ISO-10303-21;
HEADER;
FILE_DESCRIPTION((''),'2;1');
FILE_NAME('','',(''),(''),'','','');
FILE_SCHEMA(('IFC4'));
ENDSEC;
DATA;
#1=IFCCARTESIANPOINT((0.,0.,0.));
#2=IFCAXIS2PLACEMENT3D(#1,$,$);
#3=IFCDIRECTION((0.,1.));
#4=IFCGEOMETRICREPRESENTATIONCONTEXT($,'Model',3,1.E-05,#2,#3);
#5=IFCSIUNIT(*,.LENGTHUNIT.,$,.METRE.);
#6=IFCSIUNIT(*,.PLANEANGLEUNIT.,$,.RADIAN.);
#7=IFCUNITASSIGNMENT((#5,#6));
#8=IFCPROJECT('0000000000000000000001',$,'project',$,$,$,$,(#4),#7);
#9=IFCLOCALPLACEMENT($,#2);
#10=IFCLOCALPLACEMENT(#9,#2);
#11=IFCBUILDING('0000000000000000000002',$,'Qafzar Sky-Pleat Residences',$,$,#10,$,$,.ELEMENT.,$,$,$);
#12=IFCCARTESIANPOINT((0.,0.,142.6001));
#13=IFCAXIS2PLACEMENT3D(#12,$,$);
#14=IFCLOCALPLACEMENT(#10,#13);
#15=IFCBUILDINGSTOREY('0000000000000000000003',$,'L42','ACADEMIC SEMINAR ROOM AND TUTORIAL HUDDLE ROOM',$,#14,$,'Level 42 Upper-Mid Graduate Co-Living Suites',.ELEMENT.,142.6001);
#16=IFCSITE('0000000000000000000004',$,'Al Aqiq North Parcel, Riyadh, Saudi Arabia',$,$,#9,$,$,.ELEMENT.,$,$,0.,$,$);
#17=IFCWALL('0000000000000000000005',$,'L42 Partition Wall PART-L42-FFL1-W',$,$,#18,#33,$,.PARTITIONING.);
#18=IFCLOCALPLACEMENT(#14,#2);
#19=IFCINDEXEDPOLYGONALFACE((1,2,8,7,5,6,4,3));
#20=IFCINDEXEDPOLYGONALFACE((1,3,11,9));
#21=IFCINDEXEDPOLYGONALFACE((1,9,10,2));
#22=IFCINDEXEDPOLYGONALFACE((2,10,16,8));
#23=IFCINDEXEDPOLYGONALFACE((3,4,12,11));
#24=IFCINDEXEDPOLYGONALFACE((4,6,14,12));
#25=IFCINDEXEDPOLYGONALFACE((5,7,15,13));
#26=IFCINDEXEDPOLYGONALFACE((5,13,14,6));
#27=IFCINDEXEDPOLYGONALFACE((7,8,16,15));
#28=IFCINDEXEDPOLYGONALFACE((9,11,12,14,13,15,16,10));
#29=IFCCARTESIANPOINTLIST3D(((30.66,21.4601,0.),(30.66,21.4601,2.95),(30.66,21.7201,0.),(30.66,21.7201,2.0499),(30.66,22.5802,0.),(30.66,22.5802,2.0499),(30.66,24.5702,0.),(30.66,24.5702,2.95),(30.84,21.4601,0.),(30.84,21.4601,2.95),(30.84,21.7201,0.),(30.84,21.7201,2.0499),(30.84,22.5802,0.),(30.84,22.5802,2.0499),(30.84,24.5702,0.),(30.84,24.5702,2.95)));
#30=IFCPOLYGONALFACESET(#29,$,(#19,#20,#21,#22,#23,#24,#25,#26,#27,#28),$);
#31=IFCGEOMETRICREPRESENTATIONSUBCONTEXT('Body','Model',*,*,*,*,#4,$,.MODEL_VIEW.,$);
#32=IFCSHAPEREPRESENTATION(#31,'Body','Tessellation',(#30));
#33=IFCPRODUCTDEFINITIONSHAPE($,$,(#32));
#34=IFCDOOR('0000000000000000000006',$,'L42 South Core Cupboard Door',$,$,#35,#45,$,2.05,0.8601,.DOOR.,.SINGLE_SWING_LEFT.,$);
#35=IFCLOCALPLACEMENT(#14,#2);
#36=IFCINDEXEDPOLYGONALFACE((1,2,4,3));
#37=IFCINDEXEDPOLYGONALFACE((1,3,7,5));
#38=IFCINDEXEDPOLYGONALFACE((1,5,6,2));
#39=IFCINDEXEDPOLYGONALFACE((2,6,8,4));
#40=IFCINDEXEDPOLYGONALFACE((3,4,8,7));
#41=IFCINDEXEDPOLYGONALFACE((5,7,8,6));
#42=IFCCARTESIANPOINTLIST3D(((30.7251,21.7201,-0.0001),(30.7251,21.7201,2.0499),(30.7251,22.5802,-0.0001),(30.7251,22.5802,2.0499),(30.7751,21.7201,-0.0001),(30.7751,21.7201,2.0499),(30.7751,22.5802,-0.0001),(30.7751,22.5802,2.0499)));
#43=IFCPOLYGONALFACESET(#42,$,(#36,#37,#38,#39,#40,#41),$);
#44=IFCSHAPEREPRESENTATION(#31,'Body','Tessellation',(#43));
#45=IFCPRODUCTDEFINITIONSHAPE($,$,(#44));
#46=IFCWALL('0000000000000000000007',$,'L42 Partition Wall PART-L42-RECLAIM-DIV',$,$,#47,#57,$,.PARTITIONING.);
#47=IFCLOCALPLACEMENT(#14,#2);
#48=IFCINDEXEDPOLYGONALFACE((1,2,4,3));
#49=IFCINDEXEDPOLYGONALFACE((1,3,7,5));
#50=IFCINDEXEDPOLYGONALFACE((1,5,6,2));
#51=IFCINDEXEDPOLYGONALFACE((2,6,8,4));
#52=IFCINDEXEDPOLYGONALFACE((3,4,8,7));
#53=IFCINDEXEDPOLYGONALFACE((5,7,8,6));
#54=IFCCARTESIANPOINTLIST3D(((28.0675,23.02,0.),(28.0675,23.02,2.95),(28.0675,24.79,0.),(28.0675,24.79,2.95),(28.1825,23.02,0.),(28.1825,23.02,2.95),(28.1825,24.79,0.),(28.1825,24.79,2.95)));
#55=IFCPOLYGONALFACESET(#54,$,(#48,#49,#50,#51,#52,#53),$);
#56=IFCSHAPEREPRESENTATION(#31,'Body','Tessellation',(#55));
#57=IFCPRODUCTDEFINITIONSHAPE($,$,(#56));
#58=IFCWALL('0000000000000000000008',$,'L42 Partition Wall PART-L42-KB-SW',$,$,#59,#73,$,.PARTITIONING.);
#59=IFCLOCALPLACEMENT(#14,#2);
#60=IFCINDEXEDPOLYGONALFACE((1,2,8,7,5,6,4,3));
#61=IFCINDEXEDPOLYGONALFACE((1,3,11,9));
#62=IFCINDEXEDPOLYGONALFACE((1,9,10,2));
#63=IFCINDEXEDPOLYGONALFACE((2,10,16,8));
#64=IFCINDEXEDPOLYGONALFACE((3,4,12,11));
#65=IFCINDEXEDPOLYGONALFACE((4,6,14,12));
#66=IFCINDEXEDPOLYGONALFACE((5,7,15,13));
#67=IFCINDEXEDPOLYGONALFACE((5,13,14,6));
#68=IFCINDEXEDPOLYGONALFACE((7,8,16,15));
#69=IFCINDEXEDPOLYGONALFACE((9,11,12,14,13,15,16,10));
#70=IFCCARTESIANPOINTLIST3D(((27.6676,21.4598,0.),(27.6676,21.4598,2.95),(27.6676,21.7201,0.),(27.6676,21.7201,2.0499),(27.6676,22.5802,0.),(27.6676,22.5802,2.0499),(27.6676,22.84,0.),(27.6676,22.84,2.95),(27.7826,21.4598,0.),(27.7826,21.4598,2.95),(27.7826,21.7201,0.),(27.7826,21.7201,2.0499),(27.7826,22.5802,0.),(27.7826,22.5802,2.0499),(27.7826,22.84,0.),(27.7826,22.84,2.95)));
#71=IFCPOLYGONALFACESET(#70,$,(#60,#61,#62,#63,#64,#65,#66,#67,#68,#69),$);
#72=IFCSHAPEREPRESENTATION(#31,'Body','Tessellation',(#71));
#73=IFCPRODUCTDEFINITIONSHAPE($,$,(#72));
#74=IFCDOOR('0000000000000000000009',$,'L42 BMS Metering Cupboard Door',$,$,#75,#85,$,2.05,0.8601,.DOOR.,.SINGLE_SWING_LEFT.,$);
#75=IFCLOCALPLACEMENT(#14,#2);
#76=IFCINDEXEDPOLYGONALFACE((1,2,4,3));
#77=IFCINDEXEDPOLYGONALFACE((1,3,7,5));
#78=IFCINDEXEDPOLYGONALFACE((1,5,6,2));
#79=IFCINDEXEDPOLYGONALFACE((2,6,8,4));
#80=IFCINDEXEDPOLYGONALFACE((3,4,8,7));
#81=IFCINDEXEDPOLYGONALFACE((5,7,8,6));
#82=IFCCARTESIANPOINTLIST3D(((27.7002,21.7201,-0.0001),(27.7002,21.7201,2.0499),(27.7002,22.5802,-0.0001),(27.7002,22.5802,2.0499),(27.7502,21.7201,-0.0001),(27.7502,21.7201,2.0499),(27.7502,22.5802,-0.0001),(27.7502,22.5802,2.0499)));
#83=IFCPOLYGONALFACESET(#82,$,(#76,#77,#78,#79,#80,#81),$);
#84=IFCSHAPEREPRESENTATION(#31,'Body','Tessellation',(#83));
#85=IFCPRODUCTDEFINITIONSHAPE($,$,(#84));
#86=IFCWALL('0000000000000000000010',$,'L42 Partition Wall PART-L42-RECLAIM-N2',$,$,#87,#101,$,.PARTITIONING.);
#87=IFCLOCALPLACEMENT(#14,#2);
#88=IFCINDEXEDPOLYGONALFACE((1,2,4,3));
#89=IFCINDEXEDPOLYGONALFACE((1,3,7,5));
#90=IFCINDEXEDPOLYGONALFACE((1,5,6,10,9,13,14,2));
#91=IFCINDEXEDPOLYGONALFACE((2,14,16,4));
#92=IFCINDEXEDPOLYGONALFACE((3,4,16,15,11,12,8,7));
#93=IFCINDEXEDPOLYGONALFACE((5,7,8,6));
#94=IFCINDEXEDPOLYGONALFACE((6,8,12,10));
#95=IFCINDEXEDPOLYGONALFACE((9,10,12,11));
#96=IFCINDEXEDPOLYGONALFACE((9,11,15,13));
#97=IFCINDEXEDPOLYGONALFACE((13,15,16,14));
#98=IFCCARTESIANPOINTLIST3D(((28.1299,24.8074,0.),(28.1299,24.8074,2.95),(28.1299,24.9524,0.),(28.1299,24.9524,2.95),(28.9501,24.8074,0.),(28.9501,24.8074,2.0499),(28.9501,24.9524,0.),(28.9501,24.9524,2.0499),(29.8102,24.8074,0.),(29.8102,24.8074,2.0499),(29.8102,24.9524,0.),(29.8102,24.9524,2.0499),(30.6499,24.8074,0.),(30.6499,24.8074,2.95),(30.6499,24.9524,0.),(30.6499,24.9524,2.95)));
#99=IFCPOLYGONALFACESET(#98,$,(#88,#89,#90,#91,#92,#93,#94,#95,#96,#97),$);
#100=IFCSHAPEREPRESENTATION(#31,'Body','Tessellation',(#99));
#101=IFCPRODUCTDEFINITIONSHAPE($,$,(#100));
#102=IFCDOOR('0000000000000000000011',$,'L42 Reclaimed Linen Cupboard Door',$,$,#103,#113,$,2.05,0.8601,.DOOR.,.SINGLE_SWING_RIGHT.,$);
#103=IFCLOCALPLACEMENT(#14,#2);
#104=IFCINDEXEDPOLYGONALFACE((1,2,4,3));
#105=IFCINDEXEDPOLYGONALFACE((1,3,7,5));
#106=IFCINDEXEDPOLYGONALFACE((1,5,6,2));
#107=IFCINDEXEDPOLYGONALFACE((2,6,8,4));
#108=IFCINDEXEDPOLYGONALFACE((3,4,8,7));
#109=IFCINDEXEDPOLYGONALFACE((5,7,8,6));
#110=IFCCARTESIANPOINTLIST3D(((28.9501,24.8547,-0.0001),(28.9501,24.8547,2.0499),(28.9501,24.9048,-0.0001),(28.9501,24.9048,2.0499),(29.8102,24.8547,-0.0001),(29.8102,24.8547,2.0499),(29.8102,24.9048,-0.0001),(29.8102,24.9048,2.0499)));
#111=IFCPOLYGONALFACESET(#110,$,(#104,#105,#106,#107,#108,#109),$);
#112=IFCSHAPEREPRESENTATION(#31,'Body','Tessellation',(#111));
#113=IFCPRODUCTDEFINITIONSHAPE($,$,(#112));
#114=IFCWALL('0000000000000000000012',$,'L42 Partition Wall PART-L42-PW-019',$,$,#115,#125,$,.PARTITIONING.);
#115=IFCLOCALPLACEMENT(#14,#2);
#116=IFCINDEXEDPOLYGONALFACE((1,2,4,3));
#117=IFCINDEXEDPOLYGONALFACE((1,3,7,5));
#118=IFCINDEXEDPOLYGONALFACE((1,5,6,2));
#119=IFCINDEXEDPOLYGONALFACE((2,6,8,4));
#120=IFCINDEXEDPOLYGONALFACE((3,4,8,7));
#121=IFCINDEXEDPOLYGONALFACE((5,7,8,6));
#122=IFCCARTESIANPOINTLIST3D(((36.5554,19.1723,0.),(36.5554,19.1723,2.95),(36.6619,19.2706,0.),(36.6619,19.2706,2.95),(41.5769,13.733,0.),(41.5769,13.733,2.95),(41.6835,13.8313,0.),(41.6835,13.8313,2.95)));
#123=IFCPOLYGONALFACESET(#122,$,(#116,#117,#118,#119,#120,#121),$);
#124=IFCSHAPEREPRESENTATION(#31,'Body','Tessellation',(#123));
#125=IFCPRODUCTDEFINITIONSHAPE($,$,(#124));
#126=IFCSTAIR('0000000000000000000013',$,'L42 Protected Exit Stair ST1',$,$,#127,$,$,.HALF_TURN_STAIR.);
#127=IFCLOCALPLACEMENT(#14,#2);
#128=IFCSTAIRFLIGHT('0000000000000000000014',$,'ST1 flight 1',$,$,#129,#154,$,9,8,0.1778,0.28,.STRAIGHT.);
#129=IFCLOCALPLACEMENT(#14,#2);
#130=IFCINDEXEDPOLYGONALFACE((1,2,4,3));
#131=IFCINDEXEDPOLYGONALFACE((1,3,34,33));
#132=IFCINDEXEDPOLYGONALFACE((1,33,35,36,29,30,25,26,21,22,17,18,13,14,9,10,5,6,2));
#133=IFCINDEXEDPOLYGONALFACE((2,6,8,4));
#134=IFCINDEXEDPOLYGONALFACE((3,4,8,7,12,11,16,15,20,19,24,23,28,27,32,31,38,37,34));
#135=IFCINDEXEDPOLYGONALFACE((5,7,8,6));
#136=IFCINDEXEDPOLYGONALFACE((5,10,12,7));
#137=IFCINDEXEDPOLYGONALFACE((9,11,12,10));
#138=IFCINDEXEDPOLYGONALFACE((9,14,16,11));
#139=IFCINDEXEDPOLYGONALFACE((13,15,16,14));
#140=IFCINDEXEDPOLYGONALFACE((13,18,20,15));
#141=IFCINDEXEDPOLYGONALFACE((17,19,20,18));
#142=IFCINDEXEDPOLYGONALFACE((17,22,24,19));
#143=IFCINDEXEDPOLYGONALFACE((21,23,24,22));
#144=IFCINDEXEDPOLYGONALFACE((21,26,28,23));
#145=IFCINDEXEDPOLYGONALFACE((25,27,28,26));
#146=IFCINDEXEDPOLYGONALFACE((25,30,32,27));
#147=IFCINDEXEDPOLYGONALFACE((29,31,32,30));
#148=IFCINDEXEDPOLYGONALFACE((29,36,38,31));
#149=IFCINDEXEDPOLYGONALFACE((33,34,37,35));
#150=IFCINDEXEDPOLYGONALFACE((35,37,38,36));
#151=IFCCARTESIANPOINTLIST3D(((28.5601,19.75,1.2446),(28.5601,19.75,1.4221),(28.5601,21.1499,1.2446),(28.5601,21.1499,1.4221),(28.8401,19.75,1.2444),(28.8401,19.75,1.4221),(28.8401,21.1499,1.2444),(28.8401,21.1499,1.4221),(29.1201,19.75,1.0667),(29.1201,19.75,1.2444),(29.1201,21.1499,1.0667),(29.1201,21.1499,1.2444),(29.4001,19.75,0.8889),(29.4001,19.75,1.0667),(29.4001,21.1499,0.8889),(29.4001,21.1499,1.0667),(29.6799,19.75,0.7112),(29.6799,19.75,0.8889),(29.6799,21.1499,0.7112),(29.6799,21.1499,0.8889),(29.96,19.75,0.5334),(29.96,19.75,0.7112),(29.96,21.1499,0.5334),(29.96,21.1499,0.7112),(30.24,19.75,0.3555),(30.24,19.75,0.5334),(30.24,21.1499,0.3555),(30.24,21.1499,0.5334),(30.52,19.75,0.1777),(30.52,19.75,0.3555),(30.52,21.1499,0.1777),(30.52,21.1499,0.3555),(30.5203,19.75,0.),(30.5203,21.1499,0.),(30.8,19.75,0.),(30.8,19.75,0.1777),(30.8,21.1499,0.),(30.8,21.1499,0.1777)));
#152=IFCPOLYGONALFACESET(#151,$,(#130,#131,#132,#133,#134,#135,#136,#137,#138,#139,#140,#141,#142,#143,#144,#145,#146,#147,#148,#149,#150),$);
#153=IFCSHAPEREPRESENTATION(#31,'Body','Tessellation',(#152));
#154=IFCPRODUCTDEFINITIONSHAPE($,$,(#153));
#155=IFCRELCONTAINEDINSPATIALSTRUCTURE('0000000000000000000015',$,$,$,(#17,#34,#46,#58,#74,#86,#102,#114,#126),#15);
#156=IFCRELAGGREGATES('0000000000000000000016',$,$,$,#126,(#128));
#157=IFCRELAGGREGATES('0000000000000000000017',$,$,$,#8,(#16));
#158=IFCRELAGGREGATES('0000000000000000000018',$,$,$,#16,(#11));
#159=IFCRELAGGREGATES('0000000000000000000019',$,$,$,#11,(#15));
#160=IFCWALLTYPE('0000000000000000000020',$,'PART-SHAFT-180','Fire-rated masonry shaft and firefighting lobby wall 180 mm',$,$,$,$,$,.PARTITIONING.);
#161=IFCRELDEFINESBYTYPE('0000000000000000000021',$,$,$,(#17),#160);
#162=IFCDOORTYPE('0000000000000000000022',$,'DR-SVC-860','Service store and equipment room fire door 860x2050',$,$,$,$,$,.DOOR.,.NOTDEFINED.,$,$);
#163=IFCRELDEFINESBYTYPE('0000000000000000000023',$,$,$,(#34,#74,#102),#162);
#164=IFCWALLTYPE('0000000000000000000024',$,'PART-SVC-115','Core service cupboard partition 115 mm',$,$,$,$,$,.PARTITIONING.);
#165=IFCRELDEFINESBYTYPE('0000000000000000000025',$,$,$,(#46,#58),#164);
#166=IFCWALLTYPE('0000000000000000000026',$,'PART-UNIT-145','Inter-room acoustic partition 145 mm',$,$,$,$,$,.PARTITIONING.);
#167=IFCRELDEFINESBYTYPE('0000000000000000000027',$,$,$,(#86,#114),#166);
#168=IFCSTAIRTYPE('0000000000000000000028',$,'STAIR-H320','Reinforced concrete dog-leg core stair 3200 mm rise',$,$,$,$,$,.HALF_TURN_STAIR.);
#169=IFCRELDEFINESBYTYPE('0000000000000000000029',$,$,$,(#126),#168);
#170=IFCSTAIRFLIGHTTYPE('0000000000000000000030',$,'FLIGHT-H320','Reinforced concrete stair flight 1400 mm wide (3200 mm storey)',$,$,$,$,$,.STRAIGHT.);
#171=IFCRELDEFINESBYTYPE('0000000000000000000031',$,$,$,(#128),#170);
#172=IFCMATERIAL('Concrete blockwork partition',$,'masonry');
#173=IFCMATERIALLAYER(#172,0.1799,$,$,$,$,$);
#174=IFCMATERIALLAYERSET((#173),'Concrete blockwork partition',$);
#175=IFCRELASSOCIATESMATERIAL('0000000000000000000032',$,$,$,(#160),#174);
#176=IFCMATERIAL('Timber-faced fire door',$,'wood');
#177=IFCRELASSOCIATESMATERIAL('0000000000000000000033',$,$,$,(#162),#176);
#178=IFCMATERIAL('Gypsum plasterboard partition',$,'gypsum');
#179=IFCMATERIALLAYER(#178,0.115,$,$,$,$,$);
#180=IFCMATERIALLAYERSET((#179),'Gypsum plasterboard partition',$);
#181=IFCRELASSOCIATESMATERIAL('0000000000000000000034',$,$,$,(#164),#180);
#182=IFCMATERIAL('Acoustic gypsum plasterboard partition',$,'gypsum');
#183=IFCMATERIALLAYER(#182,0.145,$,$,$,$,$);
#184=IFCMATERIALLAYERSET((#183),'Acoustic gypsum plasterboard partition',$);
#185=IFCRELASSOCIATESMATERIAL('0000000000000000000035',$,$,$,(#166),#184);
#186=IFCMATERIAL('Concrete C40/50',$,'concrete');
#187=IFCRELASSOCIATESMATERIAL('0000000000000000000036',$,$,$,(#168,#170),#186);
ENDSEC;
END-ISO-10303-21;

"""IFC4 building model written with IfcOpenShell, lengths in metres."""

from ifc_helpers import new_model, si_unit, direction, frame, frame_2d, origin, place, context, subcontext, project, spatial, polyline, rectangle, outline, extrude, source, transform, mapped, material, layer, layer_set, type_object, element, fill, aggregate, save


model = new_model("IFC4")

# Units and contexts
model_context = context("Model", 3, precision=1e-05, world=origin(), true_north=direction((0.0, 1.0)))
body_context = subcontext(model_context, "Body", "Model", "MODEL_VIEW")
ifc_project = project(units=[si_unit("LENGTHUNIT", "METRE"), si_unit("PLANEANGLEUNIT", "RADIAN")], contexts=[model_context])

# Site, building, storey
site_placement = place(None, origin())
site = spatial("IfcSite", under=ifc_project, at=site_placement, Name="Al Aqiq North Parcel, Riyadh, Saudi Arabia", CompositionType="ELEMENT", RefElevation=0.0)
building_placement = place(site_placement, origin())
building = spatial("IfcBuilding", under=site, at=building_placement, Name="Qafzar Sky-Pleat Residences", CompositionType="ELEMENT")
storey_placement = place(building_placement, frame((0.0, 0.0, 142.6001)))
storey = spatial("IfcBuildingStorey", under=building, at=storey_placement, Name="L42", Description="ACADEMIC SEMINAR ROOM AND TUTORIAL HUDDLE ROOM", LongName="Level 42 Upper-Mid Graduate Co-Living Suites", CompositionType="ELEMENT", Elevation=142.6001)

# Wall, opening, door
ifc_material_1 = material(Name="Concrete blockwork partition", Category="masonry")
ifc_layer_1 = layer(ifc_material_1, 0.1799)
ifc_layer_set_1 = layer_set([ifc_layer_1], Name="Concrete blockwork partition")
wall_type_1 = type_object("IfcWallType", Name="PART-SHAFT-180", Description="Fire-rated masonry shaft and firefighting lobby wall 180 mm", PredefinedType="PARTITIONING", material=ifc_layer_set_1)
wall_1_placement = place(storey_placement, frame((30.75, 21.46, 0.0), z_axis=(0.0, 0.0, 1.0), x_axis=(0.0, 1.0, 0.0)))
wall_1 = element("IfcWall", 1, at=wall_1_placement, inside=storey, type_object=wall_type_1, Name="L42 Partition Wall PART-L42-FFL1-W", PredefinedType="PARTITIONING", context=body_context, shape_type="SweptSolid", body=[
    extrude(rectangle(XDim=3.1101, YDim=0.1799, at=frame_2d((1.5552, 0.0))), origin(), (0.0, 0.0, 1.0), 2.95),
])
opening_1_placement = place(wall_1_placement, frame((0.26, 0.0, 0.0)))
opening_1 = element("IfcOpeningElement", 2, at=opening_1_placement, cuts=wall_1, PredefinedType="OPENING", context=body_context, shape_type="SweptSolid", body=[
    extrude(rectangle(XDim=0.8601, YDim=2.05, at=frame_2d((0.4302, 1.0249))), frame((0.0, 0.1001, 0.0), z_axis=(0.0, -1.0, 0.0), x_axis=(1.0, 0.0, 0.0)), (0.0, 0.0, 1.0), 0.2),
])
ifc_material_2 = material(Name="Timber-faced fire door", Category="wood")
door_type_1 = type_object("IfcDoorType", Name="DR-SVC-860", Description="Service store and equipment room fire door 860x2050", OperationType="NOTDEFINED", PredefinedType="DOOR", material=ifc_material_2)
shared_shape_1 = source(origin(), body_context, "Body", "SweptSolid", [
    extrude(rectangle(XDim=0.8601, YDim=2.05, at=frame_2d((0.4302, 1.0249))), frame((0.0, 0.0249, 0.0), z_axis=(0.0, -1.0, 0.0), x_axis=(1.0, 0.0, 0.0)), (0.0, 0.0, 1.0), 0.05),
])
door_1_placement = place(opening_1_placement, origin())
door_1 = element("IfcDoor", 3, at=door_1_placement, inside=storey, type_object=door_type_1, Name="L42 South Core Cupboard Door", OperationType="SINGLE_SWING_LEFT", OverallHeight=2.05, OverallWidth=0.8601, PredefinedType="DOOR", context=body_context, shape_type="MappedRepresentation", body=[
    mapped(shared_shape_1, transform((0.0, 0.0, 0.0), x_axis=(1.0, 0.0, 0.0), y_axis=(0.0, 1.0, 0.0), z_axis=(0.0, 0.0, 1.0), scale=1.0)),
])
fill(opening_1, door_1)

# Wall
ifc_material_3 = material(Name="Gypsum plasterboard partition", Category="gypsum")
ifc_layer_2 = layer(ifc_material_3, 0.115)
ifc_layer_set_2 = layer_set([ifc_layer_2], Name="Gypsum plasterboard partition")
wall_type_2 = type_object("IfcWallType", Name="PART-SVC-115", Description="Core service cupboard partition 115 mm", PredefinedType="PARTITIONING", material=ifc_layer_set_2)
wall_2_placement = place(storey_placement, frame((28.125, 23.02, 0.0), z_axis=(0.0, 0.0, 1.0), x_axis=(0.0, 1.0, 0.0)))
element("IfcWall", 4, at=wall_2_placement, inside=storey, type_object=wall_type_2, Name="L42 Partition Wall PART-L42-RECLAIM-DIV", PredefinedType="PARTITIONING", context=body_context, shape_type="SweptSolid", body=[
    extrude(rectangle(XDim=1.77, YDim=0.115, at=frame_2d((0.885, 0.0))), origin(), (0.0, 0.0, 1.0), 2.95),
])

# Walls, openings, doors
wall_3_placement = place(storey_placement, frame((27.7251, 21.46, 0.0), z_axis=(0.0, 0.0, 1.0), x_axis=(0.0, 1.0, 0.0)))
wall_3 = element("IfcWall", 5, at=wall_3_placement, inside=storey, type_object=wall_type_2, Name="L42 Partition Wall PART-L42-KB-SW", PredefinedType="PARTITIONING", context=body_context, shape_type="SweptSolid", body=[
    extrude(rectangle(XDim=1.3801, YDim=0.115, at=frame_2d((0.6899, 0.0))), origin(), (0.0, 0.0, 1.0), 2.95),
])
opening_2_placement = place(wall_3_placement, frame((0.26, 0.0, 0.0)))
opening_2 = element("IfcOpeningElement", 6, at=opening_2_placement, cuts=wall_3, PredefinedType="OPENING", context=body_context, shape_type="SweptSolid", body=[
    extrude(rectangle(XDim=0.8601, YDim=2.05, at=frame_2d((0.4302, 1.0249))), frame((0.0, 0.0674, 0.0), z_axis=(0.0, -1.0, 0.0), x_axis=(1.0, 0.0, 0.0)), (0.0, 0.0, 1.0), 0.135),
])
door_2_placement = place(opening_2_placement, origin())
door_2 = element("IfcDoor", 7, at=door_2_placement, inside=storey, type_object=door_type_1, Name="L42 BMS Metering Cupboard Door", OperationType="SINGLE_SWING_LEFT", OverallHeight=2.05, OverallWidth=0.8601, PredefinedType="DOOR", context=body_context, shape_type="MappedRepresentation", body=[
    mapped(shared_shape_1, transform((0.0, 0.0, 0.0), x_axis=(1.0, 0.0, 0.0), y_axis=(0.0, 1.0, 0.0), z_axis=(0.0, 0.0, 1.0), scale=1.0)),
])
fill(opening_2, door_2)
ifc_material_4 = material(Name="Acoustic gypsum plasterboard partition", Category="gypsum")
ifc_layer_3 = layer(ifc_material_4, 0.145)
ifc_layer_set_3 = layer_set([ifc_layer_3], Name="Acoustic gypsum plasterboard partition")
wall_type_3 = type_object("IfcWallType", Name="PART-UNIT-145", Description="Inter-room acoustic partition 145 mm", PredefinedType="PARTITIONING", material=ifc_layer_set_3)
wall_4_placement = place(storey_placement, frame((28.1299, 24.8799, 0.0), z_axis=(0.0, 0.0, 1.0), x_axis=(1.0, 0.0, 0.0)))
wall_4 = element("IfcWall", 8, at=wall_4_placement, inside=storey, type_object=wall_type_3, Name="L42 Partition Wall PART-L42-RECLAIM-N2", PredefinedType="PARTITIONING", context=body_context, shape_type="SweptSolid", body=[
    extrude(rectangle(XDim=2.52, YDim=0.145, at=frame_2d((1.26, 0.0))), origin(), (0.0, 0.0, 1.0), 2.95),
])
opening_3_placement = place(wall_4_placement, frame((0.8201, 0.0, 0.0)))
opening_3 = element("IfcOpeningElement", 9, at=opening_3_placement, cuts=wall_4, PredefinedType="OPENING", context=body_context, shape_type="SweptSolid", body=[
    extrude(rectangle(XDim=0.8601, YDim=2.05, at=frame_2d((0.4302, 1.0249))), frame((0.0, 0.0825, 0.0), z_axis=(0.0, -1.0, 0.0), x_axis=(1.0, 0.0, 0.0)), (0.0, 0.0, 1.0), 0.165),
])
door_3_placement = place(opening_3_placement, origin())
door_3 = element("IfcDoor", 10, at=door_3_placement, inside=storey, type_object=door_type_1, Name="L42 Reclaimed Linen Cupboard Door", OperationType="SINGLE_SWING_RIGHT", OverallHeight=2.05, OverallWidth=0.8601, PredefinedType="DOOR", context=body_context, shape_type="MappedRepresentation", body=[
    mapped(shared_shape_1, transform((0.0, 0.0, 0.0), x_axis=(1.0, 0.0, 0.0), y_axis=(0.0, 1.0, 0.0), z_axis=(0.0, 0.0, 1.0), scale=1.0)),
])
fill(opening_3, door_3)

# Wall
wall_5_placement = place(storey_placement, frame((36.6086, 19.2214, 0.0), z_axis=(0.0, 0.0, 1.0), x_axis=(0.678329, -0.734758, 0.0)))
element("IfcWall", 11, at=wall_5_placement, inside=storey, type_object=wall_type_3, Name="L42 Partition Wall PART-L42-PW-019", PredefinedType="PARTITIONING", context=body_context, shape_type="SweptSolid", body=[
    extrude(rectangle(XDim=7.4028, YDim=0.145, at=frame_2d((3.7014, 0.0))), origin(), (0.0, 0.0, 1.0), 2.95),
])

# Stair, stair flight
ifc_material_5 = material(Name="Concrete C40/50", Category="concrete")
stair_type = type_object("IfcStairType", Name="STAIR-H320", Description="Reinforced concrete dog-leg core stair 3200 mm rise", PredefinedType="HALF_TURN_STAIR", material=ifc_material_5)
stair_placement = place(storey_placement, origin())
stair = element("IfcStair", 12, at=stair_placement, inside=storey, type_object=stair_type, Name="L42 Protected Exit Stair ST1", PredefinedType="HALF_TURN_STAIR")
stair_flight_type = type_object("IfcStairFlightType", Name="FLIGHT-H320", Description="Reinforced concrete stair flight 1400 mm wide (3200 mm storey)", PredefinedType="STRAIGHT", material=ifc_material_5)
shared_shape_2 = source(origin(), body_context, "Body", "SweptSolid", [
    extrude(outline(polyline([(0.0, 0.0), (0.0, 0.1777), (0.28, 0.1777), (0.28, 0.3555), (0.5601, 0.3555), (0.5601, 0.5334), (0.8401, 0.5334), (0.8401, 0.7112), (1.1201, 0.7112), (1.1201, 0.8889), (1.3999, 0.8889), (1.3999, 1.0667), (1.6799, 1.0667), (1.6799, 1.2444), (1.96, 1.2444), (1.96, 1.4221), (2.24, 1.4221), (2.24, 1.6001), (2.24, 1.2446), (0.2798, 0.0), (0.0, 0.0)])), frame((0.0, 0.7, 0.0), z_axis=(0.0, -1.0, 0.0), x_axis=(1.0, 0.0, 0.0)), (0.0, 0.0, 1.0), 1.3999),
])
stair_flight_1_placement = place(storey_placement, frame((30.8, 20.45, 0.0), z_axis=(0.0, 0.0, 1.0), x_axis=(-1.0, 0.0, 0.0)))
stair_flight_1 = element("IfcStairFlight", 13, at=stair_flight_1_placement, type_object=stair_flight_type, Name="ST1 flight 1", NumberOfRisers=9, NumberOfTreads=8, PredefinedType="STRAIGHT", RiserHeight=0.1778, TreadLength=0.28, context=body_context, shape_type="MappedRepresentation", body=[
    mapped(shared_shape_2, transform((0.0, 0.0, 0.0), x_axis=(1.0, 0.0, 0.0), y_axis=(0.0, 1.0, 0.0), z_axis=(0.0, 0.0, 1.0), scale=1.0)),
])
aggregate(stair, [stair_flight_1])

save(model, "model.ifc")
